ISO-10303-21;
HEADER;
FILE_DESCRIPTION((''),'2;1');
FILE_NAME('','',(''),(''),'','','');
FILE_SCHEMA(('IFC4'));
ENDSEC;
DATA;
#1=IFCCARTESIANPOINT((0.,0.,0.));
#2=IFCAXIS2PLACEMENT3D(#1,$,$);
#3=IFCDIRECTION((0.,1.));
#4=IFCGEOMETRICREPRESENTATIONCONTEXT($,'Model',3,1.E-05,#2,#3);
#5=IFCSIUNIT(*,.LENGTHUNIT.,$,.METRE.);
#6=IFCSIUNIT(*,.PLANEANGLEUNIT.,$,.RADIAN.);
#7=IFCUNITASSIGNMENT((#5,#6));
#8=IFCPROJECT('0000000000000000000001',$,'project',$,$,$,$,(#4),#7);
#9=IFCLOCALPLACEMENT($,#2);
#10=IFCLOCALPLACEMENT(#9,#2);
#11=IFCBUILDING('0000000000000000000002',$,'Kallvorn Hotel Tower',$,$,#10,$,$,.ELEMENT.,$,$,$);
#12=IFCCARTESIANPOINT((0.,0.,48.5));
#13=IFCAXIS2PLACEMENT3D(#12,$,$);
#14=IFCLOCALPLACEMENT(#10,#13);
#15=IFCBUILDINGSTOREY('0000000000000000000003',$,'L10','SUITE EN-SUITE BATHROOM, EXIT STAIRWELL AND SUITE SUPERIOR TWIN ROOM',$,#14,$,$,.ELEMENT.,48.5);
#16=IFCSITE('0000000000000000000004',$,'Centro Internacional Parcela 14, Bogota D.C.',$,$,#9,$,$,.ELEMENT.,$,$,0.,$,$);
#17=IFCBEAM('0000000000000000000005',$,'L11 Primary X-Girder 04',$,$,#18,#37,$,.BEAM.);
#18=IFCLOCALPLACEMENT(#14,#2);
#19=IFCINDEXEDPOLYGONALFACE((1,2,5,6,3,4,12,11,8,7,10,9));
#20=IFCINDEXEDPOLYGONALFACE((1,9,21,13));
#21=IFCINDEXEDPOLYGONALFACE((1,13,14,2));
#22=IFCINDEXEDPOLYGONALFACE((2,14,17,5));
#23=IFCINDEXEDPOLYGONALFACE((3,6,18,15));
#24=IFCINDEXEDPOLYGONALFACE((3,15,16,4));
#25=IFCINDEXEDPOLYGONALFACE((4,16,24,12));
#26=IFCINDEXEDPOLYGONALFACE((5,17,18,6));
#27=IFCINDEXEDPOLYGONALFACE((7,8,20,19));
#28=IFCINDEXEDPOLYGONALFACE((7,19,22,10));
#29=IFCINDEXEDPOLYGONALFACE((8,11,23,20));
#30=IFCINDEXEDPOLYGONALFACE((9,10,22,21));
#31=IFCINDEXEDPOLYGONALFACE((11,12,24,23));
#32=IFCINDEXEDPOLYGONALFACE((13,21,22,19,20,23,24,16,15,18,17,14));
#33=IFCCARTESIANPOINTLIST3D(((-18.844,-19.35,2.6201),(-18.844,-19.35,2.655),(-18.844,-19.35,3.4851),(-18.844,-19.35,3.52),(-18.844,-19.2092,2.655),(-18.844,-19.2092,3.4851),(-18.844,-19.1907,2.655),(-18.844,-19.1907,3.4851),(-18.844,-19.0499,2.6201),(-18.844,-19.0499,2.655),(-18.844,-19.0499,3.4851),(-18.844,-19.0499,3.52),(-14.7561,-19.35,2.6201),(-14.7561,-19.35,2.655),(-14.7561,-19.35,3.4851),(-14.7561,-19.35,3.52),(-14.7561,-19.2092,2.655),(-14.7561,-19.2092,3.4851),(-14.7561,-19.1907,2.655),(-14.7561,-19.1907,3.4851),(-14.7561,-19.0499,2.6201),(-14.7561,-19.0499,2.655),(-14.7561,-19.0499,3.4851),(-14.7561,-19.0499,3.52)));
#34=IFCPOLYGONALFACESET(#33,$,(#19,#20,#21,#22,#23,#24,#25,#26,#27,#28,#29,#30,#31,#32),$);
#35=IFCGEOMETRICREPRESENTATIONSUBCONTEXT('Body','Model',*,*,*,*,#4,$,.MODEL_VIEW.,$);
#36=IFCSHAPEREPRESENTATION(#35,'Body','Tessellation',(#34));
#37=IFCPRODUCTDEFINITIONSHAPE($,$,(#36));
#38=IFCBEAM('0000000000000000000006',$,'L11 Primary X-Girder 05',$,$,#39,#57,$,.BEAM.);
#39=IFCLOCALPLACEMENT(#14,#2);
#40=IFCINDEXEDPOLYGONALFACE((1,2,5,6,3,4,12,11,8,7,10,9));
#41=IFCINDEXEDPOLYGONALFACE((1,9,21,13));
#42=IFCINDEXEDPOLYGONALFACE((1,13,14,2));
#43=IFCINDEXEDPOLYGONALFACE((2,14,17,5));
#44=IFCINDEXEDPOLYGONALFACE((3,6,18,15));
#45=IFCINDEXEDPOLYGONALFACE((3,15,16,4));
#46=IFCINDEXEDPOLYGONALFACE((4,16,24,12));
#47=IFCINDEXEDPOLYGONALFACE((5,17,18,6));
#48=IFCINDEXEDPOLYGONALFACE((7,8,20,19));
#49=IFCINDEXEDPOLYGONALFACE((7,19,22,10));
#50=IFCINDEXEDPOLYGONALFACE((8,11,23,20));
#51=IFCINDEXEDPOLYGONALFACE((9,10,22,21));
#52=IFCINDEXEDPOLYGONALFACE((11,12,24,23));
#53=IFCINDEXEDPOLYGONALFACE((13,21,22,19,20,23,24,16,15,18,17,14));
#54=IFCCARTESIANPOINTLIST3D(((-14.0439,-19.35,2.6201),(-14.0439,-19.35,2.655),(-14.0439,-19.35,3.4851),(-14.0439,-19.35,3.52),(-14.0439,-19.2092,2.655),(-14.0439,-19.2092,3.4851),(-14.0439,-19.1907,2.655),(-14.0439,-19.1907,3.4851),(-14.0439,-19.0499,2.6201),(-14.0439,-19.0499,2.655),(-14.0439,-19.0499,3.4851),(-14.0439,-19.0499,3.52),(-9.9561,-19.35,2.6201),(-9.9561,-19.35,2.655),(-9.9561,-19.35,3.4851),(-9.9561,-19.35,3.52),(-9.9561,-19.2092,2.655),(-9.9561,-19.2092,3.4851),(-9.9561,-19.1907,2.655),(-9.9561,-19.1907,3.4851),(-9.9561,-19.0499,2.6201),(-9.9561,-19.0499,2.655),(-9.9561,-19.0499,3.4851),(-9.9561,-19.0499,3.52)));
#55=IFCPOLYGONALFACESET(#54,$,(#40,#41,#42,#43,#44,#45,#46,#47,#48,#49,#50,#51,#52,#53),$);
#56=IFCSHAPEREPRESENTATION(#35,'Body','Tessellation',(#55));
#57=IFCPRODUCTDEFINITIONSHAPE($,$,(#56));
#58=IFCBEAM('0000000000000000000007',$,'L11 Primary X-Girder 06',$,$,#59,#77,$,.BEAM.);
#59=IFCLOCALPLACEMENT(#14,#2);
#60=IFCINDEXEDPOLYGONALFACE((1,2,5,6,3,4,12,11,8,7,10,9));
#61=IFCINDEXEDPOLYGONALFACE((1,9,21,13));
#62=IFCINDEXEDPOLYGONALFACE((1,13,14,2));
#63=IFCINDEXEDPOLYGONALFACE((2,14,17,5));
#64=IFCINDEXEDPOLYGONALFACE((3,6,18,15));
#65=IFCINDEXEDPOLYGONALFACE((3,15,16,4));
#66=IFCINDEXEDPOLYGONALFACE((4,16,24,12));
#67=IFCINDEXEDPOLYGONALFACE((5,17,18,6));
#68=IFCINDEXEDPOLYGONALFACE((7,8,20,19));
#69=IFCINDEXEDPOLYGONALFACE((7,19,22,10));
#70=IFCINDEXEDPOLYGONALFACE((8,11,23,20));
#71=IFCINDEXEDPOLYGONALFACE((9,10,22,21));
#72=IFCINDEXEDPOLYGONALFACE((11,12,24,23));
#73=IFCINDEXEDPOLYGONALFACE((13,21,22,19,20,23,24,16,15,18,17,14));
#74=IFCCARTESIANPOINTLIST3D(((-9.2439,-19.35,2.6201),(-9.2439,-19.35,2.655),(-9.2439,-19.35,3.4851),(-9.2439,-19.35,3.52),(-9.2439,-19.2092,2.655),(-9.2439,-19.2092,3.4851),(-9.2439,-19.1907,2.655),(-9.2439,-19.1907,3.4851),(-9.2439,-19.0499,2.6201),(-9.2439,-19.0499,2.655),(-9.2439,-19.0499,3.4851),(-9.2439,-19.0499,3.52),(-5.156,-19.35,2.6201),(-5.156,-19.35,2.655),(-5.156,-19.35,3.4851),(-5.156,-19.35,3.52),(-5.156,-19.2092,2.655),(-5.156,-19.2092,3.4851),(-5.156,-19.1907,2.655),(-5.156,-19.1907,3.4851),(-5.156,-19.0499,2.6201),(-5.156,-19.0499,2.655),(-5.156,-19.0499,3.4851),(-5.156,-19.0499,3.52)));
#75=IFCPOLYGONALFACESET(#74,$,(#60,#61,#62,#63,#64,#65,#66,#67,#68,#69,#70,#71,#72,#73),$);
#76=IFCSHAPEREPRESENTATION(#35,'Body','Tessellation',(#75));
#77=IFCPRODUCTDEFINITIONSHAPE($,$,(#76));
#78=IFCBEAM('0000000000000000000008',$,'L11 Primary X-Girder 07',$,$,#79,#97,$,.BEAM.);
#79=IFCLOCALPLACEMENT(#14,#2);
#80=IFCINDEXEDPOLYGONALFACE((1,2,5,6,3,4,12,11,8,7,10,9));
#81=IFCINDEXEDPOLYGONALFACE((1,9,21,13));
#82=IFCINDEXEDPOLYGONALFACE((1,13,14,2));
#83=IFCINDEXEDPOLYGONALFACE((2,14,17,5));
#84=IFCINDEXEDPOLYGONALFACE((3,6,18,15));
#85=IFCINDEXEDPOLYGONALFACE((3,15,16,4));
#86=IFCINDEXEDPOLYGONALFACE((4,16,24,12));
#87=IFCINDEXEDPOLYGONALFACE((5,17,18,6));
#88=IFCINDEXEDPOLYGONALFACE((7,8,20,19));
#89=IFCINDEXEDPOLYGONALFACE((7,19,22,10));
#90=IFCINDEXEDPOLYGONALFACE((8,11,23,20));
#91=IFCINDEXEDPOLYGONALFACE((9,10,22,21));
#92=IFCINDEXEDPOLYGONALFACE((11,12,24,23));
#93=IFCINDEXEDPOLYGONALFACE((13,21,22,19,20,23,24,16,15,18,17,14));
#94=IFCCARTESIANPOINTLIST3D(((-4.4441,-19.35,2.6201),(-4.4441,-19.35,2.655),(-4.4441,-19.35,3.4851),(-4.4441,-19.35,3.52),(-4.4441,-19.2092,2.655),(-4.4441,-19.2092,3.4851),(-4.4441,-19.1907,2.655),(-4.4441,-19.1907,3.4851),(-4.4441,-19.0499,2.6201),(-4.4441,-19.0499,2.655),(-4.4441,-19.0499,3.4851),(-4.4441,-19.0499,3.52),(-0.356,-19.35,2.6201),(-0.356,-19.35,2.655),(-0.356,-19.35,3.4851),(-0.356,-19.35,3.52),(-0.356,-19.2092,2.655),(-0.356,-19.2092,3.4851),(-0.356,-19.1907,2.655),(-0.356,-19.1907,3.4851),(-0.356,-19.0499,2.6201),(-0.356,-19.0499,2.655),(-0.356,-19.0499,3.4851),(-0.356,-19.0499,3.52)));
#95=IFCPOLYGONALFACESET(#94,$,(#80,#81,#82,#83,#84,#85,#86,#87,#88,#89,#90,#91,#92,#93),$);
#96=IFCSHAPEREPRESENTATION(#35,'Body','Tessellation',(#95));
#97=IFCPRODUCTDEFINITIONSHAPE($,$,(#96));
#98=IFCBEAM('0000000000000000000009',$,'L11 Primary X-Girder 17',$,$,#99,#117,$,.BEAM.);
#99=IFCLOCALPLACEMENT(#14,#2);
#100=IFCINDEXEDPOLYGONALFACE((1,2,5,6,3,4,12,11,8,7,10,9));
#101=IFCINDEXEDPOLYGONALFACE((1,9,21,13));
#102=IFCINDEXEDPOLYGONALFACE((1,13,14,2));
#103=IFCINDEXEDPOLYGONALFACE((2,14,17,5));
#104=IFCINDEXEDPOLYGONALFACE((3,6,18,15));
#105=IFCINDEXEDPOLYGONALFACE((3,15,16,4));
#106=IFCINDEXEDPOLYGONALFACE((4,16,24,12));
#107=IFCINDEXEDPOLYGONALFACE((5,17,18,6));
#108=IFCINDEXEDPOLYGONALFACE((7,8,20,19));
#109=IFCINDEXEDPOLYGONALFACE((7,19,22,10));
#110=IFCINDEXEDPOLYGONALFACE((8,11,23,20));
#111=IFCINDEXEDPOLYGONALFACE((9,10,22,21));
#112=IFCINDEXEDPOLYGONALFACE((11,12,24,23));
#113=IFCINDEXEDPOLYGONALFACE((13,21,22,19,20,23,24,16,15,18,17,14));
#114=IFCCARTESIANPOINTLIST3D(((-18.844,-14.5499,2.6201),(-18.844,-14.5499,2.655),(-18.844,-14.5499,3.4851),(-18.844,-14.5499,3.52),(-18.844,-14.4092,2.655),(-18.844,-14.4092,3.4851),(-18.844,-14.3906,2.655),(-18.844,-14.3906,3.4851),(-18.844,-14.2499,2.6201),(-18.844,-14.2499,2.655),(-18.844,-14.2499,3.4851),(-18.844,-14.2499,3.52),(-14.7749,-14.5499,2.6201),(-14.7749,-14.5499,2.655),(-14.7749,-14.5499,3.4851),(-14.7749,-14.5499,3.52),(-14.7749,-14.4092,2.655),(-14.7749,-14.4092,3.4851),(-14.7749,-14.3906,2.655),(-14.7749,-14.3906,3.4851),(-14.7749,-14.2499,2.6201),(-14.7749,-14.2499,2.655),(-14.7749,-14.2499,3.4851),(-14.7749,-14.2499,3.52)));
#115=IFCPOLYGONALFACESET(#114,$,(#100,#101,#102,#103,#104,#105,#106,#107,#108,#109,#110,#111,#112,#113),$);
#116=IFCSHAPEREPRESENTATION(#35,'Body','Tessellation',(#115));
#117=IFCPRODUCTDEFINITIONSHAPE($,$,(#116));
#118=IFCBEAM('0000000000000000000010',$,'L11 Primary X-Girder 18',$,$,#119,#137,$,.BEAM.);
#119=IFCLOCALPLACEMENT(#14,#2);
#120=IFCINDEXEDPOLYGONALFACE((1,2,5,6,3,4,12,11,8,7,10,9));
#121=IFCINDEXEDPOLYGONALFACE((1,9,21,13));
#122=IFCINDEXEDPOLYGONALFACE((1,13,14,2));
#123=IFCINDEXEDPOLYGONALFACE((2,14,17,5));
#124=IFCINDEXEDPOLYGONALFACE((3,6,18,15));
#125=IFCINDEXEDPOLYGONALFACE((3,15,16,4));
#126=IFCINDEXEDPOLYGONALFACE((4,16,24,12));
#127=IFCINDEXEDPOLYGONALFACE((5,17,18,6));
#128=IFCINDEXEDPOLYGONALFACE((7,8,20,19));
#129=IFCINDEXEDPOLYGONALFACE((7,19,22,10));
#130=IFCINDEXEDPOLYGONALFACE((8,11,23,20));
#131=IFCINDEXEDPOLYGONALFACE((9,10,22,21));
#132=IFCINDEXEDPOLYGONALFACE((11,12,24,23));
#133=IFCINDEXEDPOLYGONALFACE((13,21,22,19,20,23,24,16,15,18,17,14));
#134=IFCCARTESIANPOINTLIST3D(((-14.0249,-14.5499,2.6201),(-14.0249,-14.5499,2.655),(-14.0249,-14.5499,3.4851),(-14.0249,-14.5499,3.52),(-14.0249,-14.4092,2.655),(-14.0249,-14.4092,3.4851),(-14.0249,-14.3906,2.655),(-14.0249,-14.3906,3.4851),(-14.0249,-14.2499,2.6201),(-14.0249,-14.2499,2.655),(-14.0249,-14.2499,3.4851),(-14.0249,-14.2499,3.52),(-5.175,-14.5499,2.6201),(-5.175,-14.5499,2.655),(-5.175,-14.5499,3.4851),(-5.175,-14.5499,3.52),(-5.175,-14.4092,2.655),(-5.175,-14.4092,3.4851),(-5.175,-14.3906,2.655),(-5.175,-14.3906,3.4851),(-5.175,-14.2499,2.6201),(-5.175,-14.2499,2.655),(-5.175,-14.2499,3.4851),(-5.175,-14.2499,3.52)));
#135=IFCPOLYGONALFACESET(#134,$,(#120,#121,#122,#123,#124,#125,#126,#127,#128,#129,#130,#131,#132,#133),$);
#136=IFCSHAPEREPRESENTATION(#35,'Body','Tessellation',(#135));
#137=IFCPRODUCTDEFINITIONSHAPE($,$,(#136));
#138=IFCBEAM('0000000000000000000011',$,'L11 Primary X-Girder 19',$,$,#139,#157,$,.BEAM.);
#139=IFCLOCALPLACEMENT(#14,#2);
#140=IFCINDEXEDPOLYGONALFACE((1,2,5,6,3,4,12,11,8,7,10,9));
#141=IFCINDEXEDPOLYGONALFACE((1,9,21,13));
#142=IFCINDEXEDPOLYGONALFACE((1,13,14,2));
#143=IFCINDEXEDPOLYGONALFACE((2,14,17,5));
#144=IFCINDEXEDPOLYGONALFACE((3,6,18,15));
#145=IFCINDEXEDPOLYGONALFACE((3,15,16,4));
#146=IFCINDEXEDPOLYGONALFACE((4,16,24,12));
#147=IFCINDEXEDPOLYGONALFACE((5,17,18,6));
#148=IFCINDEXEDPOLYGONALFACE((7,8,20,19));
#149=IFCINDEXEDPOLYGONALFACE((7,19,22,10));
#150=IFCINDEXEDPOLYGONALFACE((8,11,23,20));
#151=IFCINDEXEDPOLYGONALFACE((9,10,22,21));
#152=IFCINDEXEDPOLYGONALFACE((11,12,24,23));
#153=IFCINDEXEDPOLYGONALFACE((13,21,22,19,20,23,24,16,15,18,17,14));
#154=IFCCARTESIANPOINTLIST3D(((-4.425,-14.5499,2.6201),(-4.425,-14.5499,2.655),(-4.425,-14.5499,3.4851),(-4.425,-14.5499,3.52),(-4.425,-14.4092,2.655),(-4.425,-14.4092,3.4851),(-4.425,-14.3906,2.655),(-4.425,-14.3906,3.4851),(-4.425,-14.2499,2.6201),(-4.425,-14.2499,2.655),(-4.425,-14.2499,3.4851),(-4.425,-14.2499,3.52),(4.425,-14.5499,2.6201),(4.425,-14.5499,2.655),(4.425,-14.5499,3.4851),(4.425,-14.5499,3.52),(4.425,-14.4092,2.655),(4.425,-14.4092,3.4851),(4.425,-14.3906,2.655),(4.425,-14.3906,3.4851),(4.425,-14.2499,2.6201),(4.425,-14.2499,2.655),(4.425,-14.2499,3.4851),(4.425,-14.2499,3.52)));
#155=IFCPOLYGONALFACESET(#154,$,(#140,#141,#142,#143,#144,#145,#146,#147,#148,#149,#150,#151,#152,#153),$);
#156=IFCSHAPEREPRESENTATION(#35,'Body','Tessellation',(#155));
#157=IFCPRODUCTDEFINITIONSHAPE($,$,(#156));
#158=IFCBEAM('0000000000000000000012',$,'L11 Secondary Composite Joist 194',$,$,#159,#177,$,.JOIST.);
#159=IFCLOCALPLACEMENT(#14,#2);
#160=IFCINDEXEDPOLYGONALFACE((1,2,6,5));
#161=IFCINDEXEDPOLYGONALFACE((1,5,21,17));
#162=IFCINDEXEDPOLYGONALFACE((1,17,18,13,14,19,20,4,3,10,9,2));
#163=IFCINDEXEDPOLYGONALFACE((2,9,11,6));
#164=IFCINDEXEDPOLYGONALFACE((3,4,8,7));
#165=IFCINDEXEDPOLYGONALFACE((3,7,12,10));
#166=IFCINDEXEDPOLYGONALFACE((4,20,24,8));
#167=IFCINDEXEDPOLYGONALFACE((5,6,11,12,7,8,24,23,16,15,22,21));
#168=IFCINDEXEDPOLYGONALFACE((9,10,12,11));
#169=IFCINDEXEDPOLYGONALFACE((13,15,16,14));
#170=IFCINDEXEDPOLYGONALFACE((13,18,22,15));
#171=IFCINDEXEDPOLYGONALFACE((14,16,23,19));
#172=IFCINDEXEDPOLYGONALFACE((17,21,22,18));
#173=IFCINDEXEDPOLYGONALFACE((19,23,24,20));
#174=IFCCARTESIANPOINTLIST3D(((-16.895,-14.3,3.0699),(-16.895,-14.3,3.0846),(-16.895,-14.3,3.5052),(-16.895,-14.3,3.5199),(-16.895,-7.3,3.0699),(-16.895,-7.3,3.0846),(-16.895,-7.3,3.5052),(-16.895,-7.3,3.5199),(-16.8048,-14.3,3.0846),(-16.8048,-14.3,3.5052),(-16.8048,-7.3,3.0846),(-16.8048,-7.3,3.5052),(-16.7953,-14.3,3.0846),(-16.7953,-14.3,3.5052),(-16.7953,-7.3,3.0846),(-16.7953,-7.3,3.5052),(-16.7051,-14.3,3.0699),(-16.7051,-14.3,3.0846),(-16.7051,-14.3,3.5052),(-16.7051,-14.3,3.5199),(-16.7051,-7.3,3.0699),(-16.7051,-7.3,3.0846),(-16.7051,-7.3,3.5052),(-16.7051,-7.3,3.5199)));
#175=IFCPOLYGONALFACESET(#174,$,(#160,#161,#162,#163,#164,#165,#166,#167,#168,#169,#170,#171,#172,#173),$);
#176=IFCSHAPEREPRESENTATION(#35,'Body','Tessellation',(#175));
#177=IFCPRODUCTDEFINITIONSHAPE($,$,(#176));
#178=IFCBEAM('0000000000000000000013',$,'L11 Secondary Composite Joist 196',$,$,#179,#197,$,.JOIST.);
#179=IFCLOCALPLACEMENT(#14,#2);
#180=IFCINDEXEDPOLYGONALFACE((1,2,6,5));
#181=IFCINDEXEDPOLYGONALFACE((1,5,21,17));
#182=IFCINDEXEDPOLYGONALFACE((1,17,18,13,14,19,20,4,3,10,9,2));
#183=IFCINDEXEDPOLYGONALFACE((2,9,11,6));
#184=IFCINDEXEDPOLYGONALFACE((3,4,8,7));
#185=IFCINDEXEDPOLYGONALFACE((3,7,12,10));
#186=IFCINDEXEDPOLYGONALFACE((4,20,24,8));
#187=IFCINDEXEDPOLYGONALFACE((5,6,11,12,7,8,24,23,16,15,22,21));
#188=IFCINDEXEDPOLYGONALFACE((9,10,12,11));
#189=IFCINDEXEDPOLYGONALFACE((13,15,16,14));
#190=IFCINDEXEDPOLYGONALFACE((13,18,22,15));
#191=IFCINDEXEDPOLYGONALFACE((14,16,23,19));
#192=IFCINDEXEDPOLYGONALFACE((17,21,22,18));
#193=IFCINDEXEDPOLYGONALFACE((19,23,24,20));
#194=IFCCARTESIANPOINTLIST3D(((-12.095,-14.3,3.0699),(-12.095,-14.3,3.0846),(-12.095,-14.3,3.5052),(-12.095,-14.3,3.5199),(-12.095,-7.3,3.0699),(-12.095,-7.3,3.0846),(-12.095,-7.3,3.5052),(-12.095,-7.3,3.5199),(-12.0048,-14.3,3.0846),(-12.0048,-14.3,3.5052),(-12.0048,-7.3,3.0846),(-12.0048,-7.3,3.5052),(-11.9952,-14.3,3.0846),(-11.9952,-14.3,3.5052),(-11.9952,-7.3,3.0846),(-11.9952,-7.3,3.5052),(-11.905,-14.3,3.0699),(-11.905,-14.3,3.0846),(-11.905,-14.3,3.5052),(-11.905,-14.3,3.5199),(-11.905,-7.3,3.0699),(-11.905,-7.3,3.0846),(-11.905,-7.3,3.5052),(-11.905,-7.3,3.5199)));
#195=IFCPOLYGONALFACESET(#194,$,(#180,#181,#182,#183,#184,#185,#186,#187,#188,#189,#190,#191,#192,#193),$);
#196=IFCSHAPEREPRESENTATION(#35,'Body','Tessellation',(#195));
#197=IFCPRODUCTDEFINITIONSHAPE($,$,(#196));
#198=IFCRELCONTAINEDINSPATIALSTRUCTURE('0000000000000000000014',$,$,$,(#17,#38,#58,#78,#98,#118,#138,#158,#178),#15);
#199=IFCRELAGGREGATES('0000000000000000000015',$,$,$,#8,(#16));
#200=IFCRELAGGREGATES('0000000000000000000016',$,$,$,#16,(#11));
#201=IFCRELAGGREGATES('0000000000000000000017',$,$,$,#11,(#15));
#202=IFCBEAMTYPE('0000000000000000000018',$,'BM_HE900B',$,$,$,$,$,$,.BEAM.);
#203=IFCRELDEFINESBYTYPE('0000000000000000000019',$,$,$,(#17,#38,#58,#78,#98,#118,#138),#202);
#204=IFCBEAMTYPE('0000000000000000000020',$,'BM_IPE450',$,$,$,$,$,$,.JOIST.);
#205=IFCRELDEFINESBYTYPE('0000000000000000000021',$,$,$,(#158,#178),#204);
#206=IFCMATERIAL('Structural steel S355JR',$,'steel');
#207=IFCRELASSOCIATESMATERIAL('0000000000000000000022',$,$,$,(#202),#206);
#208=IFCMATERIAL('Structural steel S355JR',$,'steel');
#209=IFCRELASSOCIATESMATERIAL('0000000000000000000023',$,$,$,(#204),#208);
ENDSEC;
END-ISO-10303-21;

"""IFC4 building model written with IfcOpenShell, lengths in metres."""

from ifc_helpers import new_model, si_unit, direction, frame, origin, origin_2d, place, context, subcontext, project, spatial, i_section, extrude, material, material_profile, profile_set, type_object, element, save


model = new_model("IFC4")

# Units and contexts
model_context = context("Model", 3, precision=1e-05, world=origin(), true_north=direction((0.0, 1.0)))
body_context = subcontext(model_context, "Body", "Model", "MODEL_VIEW")
ifc_project = project(units=[si_unit("LENGTHUNIT", "METRE"), si_unit("PLANEANGLEUNIT", "RADIAN")], contexts=[model_context])

# Site, building, storey
site_placement = place(None, origin())
site = spatial("IfcSite", under=ifc_project, at=site_placement, Name="Centro Internacional Parcela 14, Bogota D.C.", CompositionType="ELEMENT", RefElevation=0.0)
building_placement = place(site_placement, origin())
building = spatial("IfcBuilding", under=site, at=building_placement, Name="Kallvorn Hotel Tower", CompositionType="ELEMENT")
storey_placement = place(building_placement, frame((0.0, 0.0, 48.5)))
storey = spatial("IfcBuildingStorey", under=building, at=storey_placement, Name="L10", Description="SUITE EN-SUITE BATHROOM, EXIT STAIRWELL AND SUITE SUPERIOR TWIN ROOM", CompositionType="ELEMENT", Elevation=48.5)

# Beams
ifc_material_1 = material(Name="Structural steel S355JR", Category="steel")
ifc_material_profile_1 = material_profile(ifc_material_1, i_section(OverallWidth=0.3, OverallDepth=0.8999, WebThickness=0.0186, FlangeThickness=0.0349, at=origin_2d()), Name="HE 900 B")
ifc_profile_set_1 = profile_set([ifc_material_profile_1], Name="Structural steel S355JR")
beam_type_1 = type_object("IfcBeamType", Name="BM_HE900B", PredefinedType="BEAM", material=ifc_profile_set_1)
for number, where, z_axis, x_axis, name in (
    (1, (-18.844, -19.2, 3.0701), (1.0, 0.0, 0.0), (0.0, 1.0, 0.0), "L11 Primary X-Girder 04"),
    (2, (-14.0439, -19.2, 3.0701), (1.0, 0.0, 0.0), (0.0, 1.0, 0.0), "L11 Primary X-Girder 05"),
    (3, (-9.2439, -19.2, 3.0701), (1.0, 0.0, 0.0), (0.0, 1.0, 0.0), "L11 Primary X-Girder 06"),
):
    element("IfcBeam", number, at=place(storey_placement, frame(where, z_axis=z_axis, x_axis=x_axis)), inside=storey, type_object=beam_type_1, Name=name, PredefinedType="BEAM", context=body_context, shape_type="SweptSolid", body=[
        extrude(i_section(OverallWidth=0.3, OverallDepth=0.8999, WebThickness=0.0186, FlangeThickness=0.0349, at=origin_2d()), origin(), (0.0, 0.0, 1.0), 4.0879),
    ])
beam_1_placement = place(storey_placement, frame((-4.4441, -19.2, 3.0701), z_axis=(1.0, 0.0, 0.0), x_axis=(0.0, 1.0, 0.0)))
element("IfcBeam", 4, at=beam_1_placement, inside=storey, type_object=beam_type_1, Name="L11 Primary X-Girder 07", PredefinedType="BEAM", context=body_context, shape_type="SweptSolid", body=[
    extrude(i_section(OverallWidth=0.3, OverallDepth=0.8999, WebThickness=0.0186, FlangeThickness=0.0349, at=origin_2d()), origin(), (0.0, 0.0, 1.0), 4.0881),
])
beam_2_placement = place(storey_placement, frame((-18.844, -14.3999, 3.0701), z_axis=(1.0, 0.0, 0.0), x_axis=(0.0, 1.0, 0.0)))
element("IfcBeam", 5, at=beam_2_placement, inside=storey, type_object=beam_type_1, Name="L11 Primary X-Girder 17", PredefinedType="BEAM", context=body_context, shape_type="SweptSolid", body=[
    extrude(i_section(OverallWidth=0.3, OverallDepth=0.8999, WebThickness=0.0186, FlangeThickness=0.0349, at=origin_2d()), origin(), (0.0, 0.0, 1.0), 4.0691),
])
beam_3_placement = place(storey_placement, frame((-14.0249, -14.3999, 3.0701), z_axis=(1.0, 0.0, 0.0), x_axis=(0.0, 1.0, 0.0)))
element("IfcBeam", 6, at=beam_3_placement, inside=storey, type_object=beam_type_1, Name="L11 Primary X-Girder 18", PredefinedType="BEAM", context=body_context, shape_type="SweptSolid", body=[
    extrude(i_section(OverallWidth=0.3, OverallDepth=0.8999, WebThickness=0.0186, FlangeThickness=0.0349, at=origin_2d()), origin(), (0.0, 0.0, 1.0), 8.8499),
])
beam_4_placement = place(storey_placement, frame((-4.425, -14.3999, 3.0701), z_axis=(1.0, 0.0, 0.0), x_axis=(0.0, 1.0, 0.0)))
element("IfcBeam", 7, at=beam_4_placement, inside=storey, type_object=beam_type_1, Name="L11 Primary X-Girder 19", PredefinedType="BEAM", context=body_context, shape_type="SweptSolid", body=[
    extrude(i_section(OverallWidth=0.3, OverallDepth=0.8999, WebThickness=0.0186, FlangeThickness=0.0349, at=origin_2d()), origin(), (0.0, 0.0, 1.0), 8.8501),
])
ifc_material_2 = material(Name="Structural steel S355JR", Category="steel")
ifc_material_profile_2 = material_profile(ifc_material_2, i_section(OverallWidth=0.1899, OverallDepth=0.45, WebThickness=0.0095, FlangeThickness=0.0146, at=origin_2d()), Name="IPE 450")
ifc_profile_set_2 = profile_set([ifc_material_profile_2], Name="Structural steel S355JR")
beam_type_2 = type_object("IfcBeamType", Name="BM_IPE450", PredefinedType="JOIST", material=ifc_profile_set_2)
for number, where, z_axis, x_axis, name in (
    (8, (-16.8, -14.3, 3.2949), (0.0, 1.0, 0.0), (-1.0, 0.0, 0.0), "L11 Secondary Composite Joist 194"),
    (9, (-12.0, -14.3, 3.2949), (0.0, 1.0, 0.0), (-1.0, 0.0, 0.0), "L11 Secondary Composite Joist 196"),
):
    element("IfcBeam", number, at=place(storey_placement, frame(where, z_axis=z_axis, x_axis=x_axis)), inside=storey, type_object=beam_type_2, Name=name, PredefinedType="JOIST", context=body_context, shape_type="SweptSolid", body=[
        extrude(i_section(OverallWidth=0.1899, OverallDepth=0.45, WebThickness=0.0095, FlangeThickness=0.0146, at=origin_2d()), origin(), (0.0, 0.0, 1.0), 7.0),
    ])

save(model, "model.ifc")
